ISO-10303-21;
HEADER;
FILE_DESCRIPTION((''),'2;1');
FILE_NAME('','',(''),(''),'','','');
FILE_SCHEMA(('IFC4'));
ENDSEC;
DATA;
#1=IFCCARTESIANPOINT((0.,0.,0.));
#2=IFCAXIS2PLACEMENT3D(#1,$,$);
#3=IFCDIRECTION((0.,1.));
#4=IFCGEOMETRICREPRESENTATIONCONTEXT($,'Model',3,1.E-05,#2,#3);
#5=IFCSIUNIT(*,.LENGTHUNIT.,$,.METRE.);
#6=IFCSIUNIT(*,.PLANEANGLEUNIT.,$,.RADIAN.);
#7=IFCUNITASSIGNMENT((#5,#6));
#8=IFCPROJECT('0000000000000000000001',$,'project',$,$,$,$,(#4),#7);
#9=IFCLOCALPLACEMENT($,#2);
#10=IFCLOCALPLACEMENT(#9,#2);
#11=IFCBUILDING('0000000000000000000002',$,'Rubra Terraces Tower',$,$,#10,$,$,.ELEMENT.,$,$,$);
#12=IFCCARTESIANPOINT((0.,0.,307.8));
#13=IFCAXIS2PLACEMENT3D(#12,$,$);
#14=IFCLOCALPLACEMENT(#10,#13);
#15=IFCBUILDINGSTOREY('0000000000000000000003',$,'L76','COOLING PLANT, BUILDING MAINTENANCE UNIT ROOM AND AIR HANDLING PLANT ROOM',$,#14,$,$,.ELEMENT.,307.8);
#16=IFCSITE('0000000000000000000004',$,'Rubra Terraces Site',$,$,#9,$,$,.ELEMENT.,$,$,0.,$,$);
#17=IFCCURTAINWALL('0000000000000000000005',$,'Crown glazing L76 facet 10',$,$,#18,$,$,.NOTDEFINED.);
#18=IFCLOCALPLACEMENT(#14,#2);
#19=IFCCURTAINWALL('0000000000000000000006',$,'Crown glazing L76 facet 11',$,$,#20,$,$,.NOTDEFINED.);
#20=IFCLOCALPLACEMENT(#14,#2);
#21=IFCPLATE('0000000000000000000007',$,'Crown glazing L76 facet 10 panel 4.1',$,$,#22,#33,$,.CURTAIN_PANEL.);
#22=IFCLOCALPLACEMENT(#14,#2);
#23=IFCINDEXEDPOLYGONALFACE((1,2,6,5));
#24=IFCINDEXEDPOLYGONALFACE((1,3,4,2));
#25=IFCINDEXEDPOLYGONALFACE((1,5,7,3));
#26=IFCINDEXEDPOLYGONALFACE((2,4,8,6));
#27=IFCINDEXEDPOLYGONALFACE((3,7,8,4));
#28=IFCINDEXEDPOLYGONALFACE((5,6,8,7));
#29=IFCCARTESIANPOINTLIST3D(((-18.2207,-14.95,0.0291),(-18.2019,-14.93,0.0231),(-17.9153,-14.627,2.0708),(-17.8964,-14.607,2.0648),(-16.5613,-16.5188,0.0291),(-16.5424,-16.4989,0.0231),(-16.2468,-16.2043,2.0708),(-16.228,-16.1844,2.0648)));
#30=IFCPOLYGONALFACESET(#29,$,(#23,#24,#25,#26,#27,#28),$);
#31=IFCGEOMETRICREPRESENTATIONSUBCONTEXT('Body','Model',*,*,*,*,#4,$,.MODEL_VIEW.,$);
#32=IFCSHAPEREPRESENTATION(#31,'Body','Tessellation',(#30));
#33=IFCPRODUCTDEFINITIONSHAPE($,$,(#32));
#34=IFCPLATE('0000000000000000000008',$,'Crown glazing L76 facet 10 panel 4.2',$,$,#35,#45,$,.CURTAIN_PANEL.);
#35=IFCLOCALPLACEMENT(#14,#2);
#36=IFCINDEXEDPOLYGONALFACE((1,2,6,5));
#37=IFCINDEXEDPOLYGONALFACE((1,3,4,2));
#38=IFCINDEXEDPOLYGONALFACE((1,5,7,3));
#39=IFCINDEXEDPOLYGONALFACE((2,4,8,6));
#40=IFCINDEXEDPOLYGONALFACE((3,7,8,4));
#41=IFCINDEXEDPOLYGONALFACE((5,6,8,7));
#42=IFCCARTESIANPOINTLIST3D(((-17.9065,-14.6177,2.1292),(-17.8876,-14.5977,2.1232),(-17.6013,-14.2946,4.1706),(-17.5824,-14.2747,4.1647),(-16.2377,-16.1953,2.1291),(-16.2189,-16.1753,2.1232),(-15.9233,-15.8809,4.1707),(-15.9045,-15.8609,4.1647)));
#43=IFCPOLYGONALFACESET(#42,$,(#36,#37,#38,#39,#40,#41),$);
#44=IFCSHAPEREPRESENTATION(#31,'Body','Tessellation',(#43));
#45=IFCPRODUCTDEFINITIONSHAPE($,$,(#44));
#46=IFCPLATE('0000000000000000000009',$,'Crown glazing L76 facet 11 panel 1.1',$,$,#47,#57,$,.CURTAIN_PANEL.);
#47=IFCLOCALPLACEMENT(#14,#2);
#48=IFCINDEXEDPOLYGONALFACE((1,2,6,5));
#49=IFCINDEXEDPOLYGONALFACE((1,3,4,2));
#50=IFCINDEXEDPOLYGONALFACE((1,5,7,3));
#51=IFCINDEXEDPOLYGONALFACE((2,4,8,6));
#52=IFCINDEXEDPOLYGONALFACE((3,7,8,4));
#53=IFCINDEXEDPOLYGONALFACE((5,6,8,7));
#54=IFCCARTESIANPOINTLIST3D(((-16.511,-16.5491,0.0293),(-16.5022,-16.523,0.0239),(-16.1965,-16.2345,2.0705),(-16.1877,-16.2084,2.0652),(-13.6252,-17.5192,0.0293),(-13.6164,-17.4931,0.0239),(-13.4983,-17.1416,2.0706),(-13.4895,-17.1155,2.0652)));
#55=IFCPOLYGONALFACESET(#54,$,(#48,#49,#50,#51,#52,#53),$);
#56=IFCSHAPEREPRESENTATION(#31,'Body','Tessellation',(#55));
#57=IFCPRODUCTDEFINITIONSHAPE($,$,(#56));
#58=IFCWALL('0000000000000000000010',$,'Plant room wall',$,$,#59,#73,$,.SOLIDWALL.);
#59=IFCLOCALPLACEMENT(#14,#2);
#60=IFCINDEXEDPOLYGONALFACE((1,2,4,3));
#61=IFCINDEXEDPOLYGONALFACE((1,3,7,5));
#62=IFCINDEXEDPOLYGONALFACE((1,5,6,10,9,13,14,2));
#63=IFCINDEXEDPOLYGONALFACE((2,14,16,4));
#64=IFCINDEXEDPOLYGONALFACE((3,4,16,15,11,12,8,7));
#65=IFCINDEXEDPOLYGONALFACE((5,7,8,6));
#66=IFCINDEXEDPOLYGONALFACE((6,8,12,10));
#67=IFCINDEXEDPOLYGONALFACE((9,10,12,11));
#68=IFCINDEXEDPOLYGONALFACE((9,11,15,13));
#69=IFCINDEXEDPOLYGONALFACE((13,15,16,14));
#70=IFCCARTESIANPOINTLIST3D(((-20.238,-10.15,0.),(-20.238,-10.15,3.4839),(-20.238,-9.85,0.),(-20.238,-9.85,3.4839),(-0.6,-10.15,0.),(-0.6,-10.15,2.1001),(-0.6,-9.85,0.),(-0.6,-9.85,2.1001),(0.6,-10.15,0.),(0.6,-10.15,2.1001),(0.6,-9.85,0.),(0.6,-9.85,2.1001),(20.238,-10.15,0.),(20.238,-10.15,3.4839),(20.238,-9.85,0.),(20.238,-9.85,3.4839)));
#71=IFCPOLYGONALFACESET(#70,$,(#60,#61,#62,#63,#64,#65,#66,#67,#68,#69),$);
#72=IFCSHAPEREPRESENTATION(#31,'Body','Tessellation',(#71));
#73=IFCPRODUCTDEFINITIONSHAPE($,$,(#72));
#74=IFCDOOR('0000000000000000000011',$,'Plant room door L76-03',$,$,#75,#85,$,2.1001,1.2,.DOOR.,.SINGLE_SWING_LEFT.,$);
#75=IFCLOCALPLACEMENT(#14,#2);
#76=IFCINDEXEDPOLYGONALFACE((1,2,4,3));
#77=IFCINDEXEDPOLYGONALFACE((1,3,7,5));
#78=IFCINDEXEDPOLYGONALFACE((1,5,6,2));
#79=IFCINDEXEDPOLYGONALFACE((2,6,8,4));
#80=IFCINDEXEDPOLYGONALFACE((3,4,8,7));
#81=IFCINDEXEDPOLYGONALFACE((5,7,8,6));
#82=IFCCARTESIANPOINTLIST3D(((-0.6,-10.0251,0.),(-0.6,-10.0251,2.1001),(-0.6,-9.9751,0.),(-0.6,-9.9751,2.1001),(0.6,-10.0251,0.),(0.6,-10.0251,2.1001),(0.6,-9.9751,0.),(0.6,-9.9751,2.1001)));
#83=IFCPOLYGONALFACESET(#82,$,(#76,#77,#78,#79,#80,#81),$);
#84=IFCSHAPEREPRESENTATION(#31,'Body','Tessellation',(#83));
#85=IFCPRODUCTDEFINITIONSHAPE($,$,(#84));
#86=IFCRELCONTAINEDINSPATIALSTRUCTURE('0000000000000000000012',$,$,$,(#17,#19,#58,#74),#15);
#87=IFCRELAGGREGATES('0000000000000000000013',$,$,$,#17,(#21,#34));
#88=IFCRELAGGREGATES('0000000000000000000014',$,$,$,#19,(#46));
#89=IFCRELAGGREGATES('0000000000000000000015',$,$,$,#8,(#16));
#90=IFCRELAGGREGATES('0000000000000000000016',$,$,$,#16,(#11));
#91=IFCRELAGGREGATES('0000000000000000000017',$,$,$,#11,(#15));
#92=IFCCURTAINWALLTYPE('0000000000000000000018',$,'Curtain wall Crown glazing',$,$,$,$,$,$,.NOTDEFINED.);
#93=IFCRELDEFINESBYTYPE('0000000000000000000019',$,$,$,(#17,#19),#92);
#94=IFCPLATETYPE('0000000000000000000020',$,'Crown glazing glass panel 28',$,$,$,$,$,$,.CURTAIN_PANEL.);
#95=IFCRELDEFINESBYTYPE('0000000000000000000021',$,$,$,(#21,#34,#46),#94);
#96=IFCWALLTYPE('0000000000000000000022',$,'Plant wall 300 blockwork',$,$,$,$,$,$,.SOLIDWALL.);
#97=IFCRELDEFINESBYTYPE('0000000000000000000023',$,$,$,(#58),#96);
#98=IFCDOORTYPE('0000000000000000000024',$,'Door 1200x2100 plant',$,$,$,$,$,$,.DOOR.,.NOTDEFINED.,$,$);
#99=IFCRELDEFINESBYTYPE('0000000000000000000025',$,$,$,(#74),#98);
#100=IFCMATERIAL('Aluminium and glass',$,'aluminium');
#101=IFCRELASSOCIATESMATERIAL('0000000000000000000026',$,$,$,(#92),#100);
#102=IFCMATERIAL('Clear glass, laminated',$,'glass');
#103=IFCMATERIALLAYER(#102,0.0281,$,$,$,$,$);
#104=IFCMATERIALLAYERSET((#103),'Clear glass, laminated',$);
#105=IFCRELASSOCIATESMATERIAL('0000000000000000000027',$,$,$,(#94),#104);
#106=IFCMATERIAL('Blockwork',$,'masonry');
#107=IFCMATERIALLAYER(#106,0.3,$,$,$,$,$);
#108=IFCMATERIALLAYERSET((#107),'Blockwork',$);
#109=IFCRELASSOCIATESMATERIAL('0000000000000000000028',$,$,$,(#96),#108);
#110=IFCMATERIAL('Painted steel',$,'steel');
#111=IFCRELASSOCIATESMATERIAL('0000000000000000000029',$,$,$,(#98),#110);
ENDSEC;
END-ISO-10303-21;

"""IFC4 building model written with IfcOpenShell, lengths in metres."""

from ifc_helpers import new_model, si_unit, direction, frame, frame_2d, origin, place, context, subcontext, project, spatial, polyline, rectangle, outline, extrude, material, layer, layer_set, type_object, element, fill, aggregate, save


model = new_model("IFC4")

# Units and contexts
model_context = context("Model", 3, precision=1e-05, world=origin(), true_north=direction((0.0, 1.0)))
body_context = subcontext(model_context, "Body", "Model", "MODEL_VIEW")
ifc_project = project(units=[si_unit("LENGTHUNIT", "METRE"), si_unit("PLANEANGLEUNIT", "RADIAN")], contexts=[model_context])

# Site, building, storey
site_placement = place(None, origin())
site = spatial("IfcSite", under=ifc_project, at=site_placement, Name="Rubra Terraces Site", CompositionType="ELEMENT", RefElevation=0.0)
building_placement = place(site_placement, origin())
building = spatial("IfcBuilding", under=site, at=building_placement, Name="Rubra Terraces Tower", CompositionType="ELEMENT")
storey_placement = place(building_placement, frame((0.0, 0.0, 307.8)))
storey = spatial("IfcBuildingStorey", under=building, at=storey_placement, Name="L76", Description="COOLING PLANT, BUILDING MAINTENANCE UNIT ROOM AND AIR HANDLING PLANT ROOM", CompositionType="ELEMENT", Elevation=307.8)

# Curtain wall
ifc_material_1 = material(Name="Aluminium and glass", Category="aluminium")
curtain_wall_type = type_object("IfcCurtainWallType", Name="Curtain wall Crown glazing", PredefinedType="NOTDEFINED", material=ifc_material_1)
curtain_wall_1_placement = place(storey_placement, origin())
curtain_wall_1 = element("IfcCurtainWall", 1, at=curtain_wall_1_placement, inside=storey, type_object=curtain_wall_type, Name="Crown glazing L76 facet 10", PredefinedType="NOTDEFINED")

# Curtain wall
curtain_wall_2_placement = place(storey_placement, origin())
curtain_wall_2 = element("IfcCurtainWall", 2, at=curtain_wall_2_placement, inside=storey, type_object=curtain_wall_type, Name="Crown glazing L76 facet 11", PredefinedType="NOTDEFINED")

# Plates
ifc_material_2 = material(Name="Clear glass, laminated", Category="glass")
ifc_layer_1 = layer(ifc_material_2, 0.0281)
ifc_layer_set_1 = layer_set([ifc_layer_1], Name="Clear glass, laminated")
plate_type = type_object("IfcPlateType", Name="Crown glazing glass panel 28", PredefinedType="CURTAIN_PANEL", material=ifc_layer_set_1)
plate_1_placement = place(storey_placement, frame((-18.2207, -14.95, 0.0291), z_axis=(-0.671272, -0.710026, 0.212737), x_axis=(0.72666, -0.686998, 0.0)))
plate_1 = element("IfcPlate", 3, at=plate_1_placement, type_object=plate_type, Name="Crown glazing L76 facet 10 panel 4.1", PredefinedType="CURTAIN_PANEL", context=body_context, shape_type="SweptSolid", body=[
    extrude(outline(polyline([(0.0, 0.0), (2.2836, 0.0), (2.2961, 2.0896), (0.0, 2.0896), (0.0, 0.0)])), origin(), (0.0, 0.0, -1.0), 0.0281),
])
plate_2_placement = place(storey_placement, frame((-17.9065, -14.6177, 2.1292), z_axis=(-0.671252, -0.710049, 0.212723), x_axis=(0.72668, -0.686976, -0.000007)))
plate_2 = element("IfcPlate", 4, at=plate_2_placement, type_object=plate_type, Name="Crown glazing L76 facet 10 panel 4.2", PredefinedType="CURTAIN_PANEL", context=body_context, shape_type="SweptSolid", body=[
    extrude(outline(polyline([(0.0, 0.0), (2.2964, 0.0), (2.3089, 2.0893), (-0.0001, 2.0893), (0.0, 0.0)])), origin(), (0.0, 0.0, -1.0), 0.0281),
])
aggregate(curtain_wall_1, [plate_1, plate_2])
plate_3_placement = place(storey_placement, frame((-16.511, -16.5491, 0.0293), z_axis=(-0.312751, -0.930322, 0.191539), x_axis=(0.947872, -0.318652, -0.000006)))
plate_3 = element("IfcPlate", 5, at=plate_3_placement, type_object=plate_type, Name="Crown glazing L76 facet 11 panel 1.1", PredefinedType="CURTAIN_PANEL", context=body_context, shape_type="SweptSolid", body=[
    extrude(outline(polyline([(0.0, 0.0), (3.0445, 0.0), (3.0444, 2.0798), (0.1978, 2.0797), (0.0, 0.0)])), origin(), (0.0, 0.0, -1.0), 0.0281),
])
aggregate(curtain_wall_2, [plate_3])

# Wall, opening, door
ifc_material_3 = material(Name="Blockwork", Category="masonry")
ifc_layer_2 = layer(ifc_material_3, 0.3)
ifc_layer_set_2 = layer_set([ifc_layer_2], Name="Blockwork")
wall_type = type_object("IfcWallType", Name="Plant wall 300 blockwork", PredefinedType="SOLIDWALL", material=ifc_layer_set_2)
wall_placement = place(storey_placement, frame((-20.238, -10.0, 0.0), z_axis=(0.0, 0.0, 1.0), x_axis=(1.0, 0.0, 0.0)))
wall = element("IfcWall", 6, at=wall_placement, inside=storey, type_object=wall_type, Name="Plant room wall", PredefinedType="SOLIDWALL", context=body_context, shape_type="SweptSolid", body=[
    extrude(rectangle(XDim=40.4761, YDim=0.3, at=frame_2d((20.238, 0.0))), origin(), (0.0, 0.0, 1.0), 3.4839),
])
opening_placement = place(wall_placement, frame((19.6379, 0.0, 0.0)))
opening = element("IfcOpeningElement", 7, at=opening_placement, cuts=wall, PredefinedType="OPENING", context=body_context, shape_type="SweptSolid", body=[
    extrude(rectangle(XDim=1.2, YDim=2.1001, at=frame_2d((0.6001, 1.05))), frame((0.0, 0.1599, 0.0), z_axis=(0.0, -1.0, 0.0), x_axis=(1.0, 0.0, 0.0)), (0.0, 0.0, 1.0), 0.3201),
])
ifc_material_4 = material(Name="Painted steel", Category="steel")
door_type = type_object("IfcDoorType", Name="Door 1200x2100 plant", OperationType="NOTDEFINED", PredefinedType="DOOR", material=ifc_material_4)
door_placement = place(opening_placement, origin())
door = element("IfcDoor", 8, at=door_placement, inside=storey, type_object=door_type, Name="Plant room door L76-03", OperationType="SINGLE_SWING_LEFT", OverallHeight=2.1001, OverallWidth=1.2, PredefinedType="DOOR", context=body_context, shape_type="SweptSolid", body=[
    extrude(rectangle(XDim=1.2, YDim=2.1001, at=frame_2d((0.6001, 1.05))), frame((0.0, 0.0249, 0.0), z_axis=(0.0, -1.0, 0.0), x_axis=(1.0, 0.0, 0.0)), (0.0, 0.0, 1.0), 0.05),
])
fill(opening, door)

save(model, "model.ifc")
